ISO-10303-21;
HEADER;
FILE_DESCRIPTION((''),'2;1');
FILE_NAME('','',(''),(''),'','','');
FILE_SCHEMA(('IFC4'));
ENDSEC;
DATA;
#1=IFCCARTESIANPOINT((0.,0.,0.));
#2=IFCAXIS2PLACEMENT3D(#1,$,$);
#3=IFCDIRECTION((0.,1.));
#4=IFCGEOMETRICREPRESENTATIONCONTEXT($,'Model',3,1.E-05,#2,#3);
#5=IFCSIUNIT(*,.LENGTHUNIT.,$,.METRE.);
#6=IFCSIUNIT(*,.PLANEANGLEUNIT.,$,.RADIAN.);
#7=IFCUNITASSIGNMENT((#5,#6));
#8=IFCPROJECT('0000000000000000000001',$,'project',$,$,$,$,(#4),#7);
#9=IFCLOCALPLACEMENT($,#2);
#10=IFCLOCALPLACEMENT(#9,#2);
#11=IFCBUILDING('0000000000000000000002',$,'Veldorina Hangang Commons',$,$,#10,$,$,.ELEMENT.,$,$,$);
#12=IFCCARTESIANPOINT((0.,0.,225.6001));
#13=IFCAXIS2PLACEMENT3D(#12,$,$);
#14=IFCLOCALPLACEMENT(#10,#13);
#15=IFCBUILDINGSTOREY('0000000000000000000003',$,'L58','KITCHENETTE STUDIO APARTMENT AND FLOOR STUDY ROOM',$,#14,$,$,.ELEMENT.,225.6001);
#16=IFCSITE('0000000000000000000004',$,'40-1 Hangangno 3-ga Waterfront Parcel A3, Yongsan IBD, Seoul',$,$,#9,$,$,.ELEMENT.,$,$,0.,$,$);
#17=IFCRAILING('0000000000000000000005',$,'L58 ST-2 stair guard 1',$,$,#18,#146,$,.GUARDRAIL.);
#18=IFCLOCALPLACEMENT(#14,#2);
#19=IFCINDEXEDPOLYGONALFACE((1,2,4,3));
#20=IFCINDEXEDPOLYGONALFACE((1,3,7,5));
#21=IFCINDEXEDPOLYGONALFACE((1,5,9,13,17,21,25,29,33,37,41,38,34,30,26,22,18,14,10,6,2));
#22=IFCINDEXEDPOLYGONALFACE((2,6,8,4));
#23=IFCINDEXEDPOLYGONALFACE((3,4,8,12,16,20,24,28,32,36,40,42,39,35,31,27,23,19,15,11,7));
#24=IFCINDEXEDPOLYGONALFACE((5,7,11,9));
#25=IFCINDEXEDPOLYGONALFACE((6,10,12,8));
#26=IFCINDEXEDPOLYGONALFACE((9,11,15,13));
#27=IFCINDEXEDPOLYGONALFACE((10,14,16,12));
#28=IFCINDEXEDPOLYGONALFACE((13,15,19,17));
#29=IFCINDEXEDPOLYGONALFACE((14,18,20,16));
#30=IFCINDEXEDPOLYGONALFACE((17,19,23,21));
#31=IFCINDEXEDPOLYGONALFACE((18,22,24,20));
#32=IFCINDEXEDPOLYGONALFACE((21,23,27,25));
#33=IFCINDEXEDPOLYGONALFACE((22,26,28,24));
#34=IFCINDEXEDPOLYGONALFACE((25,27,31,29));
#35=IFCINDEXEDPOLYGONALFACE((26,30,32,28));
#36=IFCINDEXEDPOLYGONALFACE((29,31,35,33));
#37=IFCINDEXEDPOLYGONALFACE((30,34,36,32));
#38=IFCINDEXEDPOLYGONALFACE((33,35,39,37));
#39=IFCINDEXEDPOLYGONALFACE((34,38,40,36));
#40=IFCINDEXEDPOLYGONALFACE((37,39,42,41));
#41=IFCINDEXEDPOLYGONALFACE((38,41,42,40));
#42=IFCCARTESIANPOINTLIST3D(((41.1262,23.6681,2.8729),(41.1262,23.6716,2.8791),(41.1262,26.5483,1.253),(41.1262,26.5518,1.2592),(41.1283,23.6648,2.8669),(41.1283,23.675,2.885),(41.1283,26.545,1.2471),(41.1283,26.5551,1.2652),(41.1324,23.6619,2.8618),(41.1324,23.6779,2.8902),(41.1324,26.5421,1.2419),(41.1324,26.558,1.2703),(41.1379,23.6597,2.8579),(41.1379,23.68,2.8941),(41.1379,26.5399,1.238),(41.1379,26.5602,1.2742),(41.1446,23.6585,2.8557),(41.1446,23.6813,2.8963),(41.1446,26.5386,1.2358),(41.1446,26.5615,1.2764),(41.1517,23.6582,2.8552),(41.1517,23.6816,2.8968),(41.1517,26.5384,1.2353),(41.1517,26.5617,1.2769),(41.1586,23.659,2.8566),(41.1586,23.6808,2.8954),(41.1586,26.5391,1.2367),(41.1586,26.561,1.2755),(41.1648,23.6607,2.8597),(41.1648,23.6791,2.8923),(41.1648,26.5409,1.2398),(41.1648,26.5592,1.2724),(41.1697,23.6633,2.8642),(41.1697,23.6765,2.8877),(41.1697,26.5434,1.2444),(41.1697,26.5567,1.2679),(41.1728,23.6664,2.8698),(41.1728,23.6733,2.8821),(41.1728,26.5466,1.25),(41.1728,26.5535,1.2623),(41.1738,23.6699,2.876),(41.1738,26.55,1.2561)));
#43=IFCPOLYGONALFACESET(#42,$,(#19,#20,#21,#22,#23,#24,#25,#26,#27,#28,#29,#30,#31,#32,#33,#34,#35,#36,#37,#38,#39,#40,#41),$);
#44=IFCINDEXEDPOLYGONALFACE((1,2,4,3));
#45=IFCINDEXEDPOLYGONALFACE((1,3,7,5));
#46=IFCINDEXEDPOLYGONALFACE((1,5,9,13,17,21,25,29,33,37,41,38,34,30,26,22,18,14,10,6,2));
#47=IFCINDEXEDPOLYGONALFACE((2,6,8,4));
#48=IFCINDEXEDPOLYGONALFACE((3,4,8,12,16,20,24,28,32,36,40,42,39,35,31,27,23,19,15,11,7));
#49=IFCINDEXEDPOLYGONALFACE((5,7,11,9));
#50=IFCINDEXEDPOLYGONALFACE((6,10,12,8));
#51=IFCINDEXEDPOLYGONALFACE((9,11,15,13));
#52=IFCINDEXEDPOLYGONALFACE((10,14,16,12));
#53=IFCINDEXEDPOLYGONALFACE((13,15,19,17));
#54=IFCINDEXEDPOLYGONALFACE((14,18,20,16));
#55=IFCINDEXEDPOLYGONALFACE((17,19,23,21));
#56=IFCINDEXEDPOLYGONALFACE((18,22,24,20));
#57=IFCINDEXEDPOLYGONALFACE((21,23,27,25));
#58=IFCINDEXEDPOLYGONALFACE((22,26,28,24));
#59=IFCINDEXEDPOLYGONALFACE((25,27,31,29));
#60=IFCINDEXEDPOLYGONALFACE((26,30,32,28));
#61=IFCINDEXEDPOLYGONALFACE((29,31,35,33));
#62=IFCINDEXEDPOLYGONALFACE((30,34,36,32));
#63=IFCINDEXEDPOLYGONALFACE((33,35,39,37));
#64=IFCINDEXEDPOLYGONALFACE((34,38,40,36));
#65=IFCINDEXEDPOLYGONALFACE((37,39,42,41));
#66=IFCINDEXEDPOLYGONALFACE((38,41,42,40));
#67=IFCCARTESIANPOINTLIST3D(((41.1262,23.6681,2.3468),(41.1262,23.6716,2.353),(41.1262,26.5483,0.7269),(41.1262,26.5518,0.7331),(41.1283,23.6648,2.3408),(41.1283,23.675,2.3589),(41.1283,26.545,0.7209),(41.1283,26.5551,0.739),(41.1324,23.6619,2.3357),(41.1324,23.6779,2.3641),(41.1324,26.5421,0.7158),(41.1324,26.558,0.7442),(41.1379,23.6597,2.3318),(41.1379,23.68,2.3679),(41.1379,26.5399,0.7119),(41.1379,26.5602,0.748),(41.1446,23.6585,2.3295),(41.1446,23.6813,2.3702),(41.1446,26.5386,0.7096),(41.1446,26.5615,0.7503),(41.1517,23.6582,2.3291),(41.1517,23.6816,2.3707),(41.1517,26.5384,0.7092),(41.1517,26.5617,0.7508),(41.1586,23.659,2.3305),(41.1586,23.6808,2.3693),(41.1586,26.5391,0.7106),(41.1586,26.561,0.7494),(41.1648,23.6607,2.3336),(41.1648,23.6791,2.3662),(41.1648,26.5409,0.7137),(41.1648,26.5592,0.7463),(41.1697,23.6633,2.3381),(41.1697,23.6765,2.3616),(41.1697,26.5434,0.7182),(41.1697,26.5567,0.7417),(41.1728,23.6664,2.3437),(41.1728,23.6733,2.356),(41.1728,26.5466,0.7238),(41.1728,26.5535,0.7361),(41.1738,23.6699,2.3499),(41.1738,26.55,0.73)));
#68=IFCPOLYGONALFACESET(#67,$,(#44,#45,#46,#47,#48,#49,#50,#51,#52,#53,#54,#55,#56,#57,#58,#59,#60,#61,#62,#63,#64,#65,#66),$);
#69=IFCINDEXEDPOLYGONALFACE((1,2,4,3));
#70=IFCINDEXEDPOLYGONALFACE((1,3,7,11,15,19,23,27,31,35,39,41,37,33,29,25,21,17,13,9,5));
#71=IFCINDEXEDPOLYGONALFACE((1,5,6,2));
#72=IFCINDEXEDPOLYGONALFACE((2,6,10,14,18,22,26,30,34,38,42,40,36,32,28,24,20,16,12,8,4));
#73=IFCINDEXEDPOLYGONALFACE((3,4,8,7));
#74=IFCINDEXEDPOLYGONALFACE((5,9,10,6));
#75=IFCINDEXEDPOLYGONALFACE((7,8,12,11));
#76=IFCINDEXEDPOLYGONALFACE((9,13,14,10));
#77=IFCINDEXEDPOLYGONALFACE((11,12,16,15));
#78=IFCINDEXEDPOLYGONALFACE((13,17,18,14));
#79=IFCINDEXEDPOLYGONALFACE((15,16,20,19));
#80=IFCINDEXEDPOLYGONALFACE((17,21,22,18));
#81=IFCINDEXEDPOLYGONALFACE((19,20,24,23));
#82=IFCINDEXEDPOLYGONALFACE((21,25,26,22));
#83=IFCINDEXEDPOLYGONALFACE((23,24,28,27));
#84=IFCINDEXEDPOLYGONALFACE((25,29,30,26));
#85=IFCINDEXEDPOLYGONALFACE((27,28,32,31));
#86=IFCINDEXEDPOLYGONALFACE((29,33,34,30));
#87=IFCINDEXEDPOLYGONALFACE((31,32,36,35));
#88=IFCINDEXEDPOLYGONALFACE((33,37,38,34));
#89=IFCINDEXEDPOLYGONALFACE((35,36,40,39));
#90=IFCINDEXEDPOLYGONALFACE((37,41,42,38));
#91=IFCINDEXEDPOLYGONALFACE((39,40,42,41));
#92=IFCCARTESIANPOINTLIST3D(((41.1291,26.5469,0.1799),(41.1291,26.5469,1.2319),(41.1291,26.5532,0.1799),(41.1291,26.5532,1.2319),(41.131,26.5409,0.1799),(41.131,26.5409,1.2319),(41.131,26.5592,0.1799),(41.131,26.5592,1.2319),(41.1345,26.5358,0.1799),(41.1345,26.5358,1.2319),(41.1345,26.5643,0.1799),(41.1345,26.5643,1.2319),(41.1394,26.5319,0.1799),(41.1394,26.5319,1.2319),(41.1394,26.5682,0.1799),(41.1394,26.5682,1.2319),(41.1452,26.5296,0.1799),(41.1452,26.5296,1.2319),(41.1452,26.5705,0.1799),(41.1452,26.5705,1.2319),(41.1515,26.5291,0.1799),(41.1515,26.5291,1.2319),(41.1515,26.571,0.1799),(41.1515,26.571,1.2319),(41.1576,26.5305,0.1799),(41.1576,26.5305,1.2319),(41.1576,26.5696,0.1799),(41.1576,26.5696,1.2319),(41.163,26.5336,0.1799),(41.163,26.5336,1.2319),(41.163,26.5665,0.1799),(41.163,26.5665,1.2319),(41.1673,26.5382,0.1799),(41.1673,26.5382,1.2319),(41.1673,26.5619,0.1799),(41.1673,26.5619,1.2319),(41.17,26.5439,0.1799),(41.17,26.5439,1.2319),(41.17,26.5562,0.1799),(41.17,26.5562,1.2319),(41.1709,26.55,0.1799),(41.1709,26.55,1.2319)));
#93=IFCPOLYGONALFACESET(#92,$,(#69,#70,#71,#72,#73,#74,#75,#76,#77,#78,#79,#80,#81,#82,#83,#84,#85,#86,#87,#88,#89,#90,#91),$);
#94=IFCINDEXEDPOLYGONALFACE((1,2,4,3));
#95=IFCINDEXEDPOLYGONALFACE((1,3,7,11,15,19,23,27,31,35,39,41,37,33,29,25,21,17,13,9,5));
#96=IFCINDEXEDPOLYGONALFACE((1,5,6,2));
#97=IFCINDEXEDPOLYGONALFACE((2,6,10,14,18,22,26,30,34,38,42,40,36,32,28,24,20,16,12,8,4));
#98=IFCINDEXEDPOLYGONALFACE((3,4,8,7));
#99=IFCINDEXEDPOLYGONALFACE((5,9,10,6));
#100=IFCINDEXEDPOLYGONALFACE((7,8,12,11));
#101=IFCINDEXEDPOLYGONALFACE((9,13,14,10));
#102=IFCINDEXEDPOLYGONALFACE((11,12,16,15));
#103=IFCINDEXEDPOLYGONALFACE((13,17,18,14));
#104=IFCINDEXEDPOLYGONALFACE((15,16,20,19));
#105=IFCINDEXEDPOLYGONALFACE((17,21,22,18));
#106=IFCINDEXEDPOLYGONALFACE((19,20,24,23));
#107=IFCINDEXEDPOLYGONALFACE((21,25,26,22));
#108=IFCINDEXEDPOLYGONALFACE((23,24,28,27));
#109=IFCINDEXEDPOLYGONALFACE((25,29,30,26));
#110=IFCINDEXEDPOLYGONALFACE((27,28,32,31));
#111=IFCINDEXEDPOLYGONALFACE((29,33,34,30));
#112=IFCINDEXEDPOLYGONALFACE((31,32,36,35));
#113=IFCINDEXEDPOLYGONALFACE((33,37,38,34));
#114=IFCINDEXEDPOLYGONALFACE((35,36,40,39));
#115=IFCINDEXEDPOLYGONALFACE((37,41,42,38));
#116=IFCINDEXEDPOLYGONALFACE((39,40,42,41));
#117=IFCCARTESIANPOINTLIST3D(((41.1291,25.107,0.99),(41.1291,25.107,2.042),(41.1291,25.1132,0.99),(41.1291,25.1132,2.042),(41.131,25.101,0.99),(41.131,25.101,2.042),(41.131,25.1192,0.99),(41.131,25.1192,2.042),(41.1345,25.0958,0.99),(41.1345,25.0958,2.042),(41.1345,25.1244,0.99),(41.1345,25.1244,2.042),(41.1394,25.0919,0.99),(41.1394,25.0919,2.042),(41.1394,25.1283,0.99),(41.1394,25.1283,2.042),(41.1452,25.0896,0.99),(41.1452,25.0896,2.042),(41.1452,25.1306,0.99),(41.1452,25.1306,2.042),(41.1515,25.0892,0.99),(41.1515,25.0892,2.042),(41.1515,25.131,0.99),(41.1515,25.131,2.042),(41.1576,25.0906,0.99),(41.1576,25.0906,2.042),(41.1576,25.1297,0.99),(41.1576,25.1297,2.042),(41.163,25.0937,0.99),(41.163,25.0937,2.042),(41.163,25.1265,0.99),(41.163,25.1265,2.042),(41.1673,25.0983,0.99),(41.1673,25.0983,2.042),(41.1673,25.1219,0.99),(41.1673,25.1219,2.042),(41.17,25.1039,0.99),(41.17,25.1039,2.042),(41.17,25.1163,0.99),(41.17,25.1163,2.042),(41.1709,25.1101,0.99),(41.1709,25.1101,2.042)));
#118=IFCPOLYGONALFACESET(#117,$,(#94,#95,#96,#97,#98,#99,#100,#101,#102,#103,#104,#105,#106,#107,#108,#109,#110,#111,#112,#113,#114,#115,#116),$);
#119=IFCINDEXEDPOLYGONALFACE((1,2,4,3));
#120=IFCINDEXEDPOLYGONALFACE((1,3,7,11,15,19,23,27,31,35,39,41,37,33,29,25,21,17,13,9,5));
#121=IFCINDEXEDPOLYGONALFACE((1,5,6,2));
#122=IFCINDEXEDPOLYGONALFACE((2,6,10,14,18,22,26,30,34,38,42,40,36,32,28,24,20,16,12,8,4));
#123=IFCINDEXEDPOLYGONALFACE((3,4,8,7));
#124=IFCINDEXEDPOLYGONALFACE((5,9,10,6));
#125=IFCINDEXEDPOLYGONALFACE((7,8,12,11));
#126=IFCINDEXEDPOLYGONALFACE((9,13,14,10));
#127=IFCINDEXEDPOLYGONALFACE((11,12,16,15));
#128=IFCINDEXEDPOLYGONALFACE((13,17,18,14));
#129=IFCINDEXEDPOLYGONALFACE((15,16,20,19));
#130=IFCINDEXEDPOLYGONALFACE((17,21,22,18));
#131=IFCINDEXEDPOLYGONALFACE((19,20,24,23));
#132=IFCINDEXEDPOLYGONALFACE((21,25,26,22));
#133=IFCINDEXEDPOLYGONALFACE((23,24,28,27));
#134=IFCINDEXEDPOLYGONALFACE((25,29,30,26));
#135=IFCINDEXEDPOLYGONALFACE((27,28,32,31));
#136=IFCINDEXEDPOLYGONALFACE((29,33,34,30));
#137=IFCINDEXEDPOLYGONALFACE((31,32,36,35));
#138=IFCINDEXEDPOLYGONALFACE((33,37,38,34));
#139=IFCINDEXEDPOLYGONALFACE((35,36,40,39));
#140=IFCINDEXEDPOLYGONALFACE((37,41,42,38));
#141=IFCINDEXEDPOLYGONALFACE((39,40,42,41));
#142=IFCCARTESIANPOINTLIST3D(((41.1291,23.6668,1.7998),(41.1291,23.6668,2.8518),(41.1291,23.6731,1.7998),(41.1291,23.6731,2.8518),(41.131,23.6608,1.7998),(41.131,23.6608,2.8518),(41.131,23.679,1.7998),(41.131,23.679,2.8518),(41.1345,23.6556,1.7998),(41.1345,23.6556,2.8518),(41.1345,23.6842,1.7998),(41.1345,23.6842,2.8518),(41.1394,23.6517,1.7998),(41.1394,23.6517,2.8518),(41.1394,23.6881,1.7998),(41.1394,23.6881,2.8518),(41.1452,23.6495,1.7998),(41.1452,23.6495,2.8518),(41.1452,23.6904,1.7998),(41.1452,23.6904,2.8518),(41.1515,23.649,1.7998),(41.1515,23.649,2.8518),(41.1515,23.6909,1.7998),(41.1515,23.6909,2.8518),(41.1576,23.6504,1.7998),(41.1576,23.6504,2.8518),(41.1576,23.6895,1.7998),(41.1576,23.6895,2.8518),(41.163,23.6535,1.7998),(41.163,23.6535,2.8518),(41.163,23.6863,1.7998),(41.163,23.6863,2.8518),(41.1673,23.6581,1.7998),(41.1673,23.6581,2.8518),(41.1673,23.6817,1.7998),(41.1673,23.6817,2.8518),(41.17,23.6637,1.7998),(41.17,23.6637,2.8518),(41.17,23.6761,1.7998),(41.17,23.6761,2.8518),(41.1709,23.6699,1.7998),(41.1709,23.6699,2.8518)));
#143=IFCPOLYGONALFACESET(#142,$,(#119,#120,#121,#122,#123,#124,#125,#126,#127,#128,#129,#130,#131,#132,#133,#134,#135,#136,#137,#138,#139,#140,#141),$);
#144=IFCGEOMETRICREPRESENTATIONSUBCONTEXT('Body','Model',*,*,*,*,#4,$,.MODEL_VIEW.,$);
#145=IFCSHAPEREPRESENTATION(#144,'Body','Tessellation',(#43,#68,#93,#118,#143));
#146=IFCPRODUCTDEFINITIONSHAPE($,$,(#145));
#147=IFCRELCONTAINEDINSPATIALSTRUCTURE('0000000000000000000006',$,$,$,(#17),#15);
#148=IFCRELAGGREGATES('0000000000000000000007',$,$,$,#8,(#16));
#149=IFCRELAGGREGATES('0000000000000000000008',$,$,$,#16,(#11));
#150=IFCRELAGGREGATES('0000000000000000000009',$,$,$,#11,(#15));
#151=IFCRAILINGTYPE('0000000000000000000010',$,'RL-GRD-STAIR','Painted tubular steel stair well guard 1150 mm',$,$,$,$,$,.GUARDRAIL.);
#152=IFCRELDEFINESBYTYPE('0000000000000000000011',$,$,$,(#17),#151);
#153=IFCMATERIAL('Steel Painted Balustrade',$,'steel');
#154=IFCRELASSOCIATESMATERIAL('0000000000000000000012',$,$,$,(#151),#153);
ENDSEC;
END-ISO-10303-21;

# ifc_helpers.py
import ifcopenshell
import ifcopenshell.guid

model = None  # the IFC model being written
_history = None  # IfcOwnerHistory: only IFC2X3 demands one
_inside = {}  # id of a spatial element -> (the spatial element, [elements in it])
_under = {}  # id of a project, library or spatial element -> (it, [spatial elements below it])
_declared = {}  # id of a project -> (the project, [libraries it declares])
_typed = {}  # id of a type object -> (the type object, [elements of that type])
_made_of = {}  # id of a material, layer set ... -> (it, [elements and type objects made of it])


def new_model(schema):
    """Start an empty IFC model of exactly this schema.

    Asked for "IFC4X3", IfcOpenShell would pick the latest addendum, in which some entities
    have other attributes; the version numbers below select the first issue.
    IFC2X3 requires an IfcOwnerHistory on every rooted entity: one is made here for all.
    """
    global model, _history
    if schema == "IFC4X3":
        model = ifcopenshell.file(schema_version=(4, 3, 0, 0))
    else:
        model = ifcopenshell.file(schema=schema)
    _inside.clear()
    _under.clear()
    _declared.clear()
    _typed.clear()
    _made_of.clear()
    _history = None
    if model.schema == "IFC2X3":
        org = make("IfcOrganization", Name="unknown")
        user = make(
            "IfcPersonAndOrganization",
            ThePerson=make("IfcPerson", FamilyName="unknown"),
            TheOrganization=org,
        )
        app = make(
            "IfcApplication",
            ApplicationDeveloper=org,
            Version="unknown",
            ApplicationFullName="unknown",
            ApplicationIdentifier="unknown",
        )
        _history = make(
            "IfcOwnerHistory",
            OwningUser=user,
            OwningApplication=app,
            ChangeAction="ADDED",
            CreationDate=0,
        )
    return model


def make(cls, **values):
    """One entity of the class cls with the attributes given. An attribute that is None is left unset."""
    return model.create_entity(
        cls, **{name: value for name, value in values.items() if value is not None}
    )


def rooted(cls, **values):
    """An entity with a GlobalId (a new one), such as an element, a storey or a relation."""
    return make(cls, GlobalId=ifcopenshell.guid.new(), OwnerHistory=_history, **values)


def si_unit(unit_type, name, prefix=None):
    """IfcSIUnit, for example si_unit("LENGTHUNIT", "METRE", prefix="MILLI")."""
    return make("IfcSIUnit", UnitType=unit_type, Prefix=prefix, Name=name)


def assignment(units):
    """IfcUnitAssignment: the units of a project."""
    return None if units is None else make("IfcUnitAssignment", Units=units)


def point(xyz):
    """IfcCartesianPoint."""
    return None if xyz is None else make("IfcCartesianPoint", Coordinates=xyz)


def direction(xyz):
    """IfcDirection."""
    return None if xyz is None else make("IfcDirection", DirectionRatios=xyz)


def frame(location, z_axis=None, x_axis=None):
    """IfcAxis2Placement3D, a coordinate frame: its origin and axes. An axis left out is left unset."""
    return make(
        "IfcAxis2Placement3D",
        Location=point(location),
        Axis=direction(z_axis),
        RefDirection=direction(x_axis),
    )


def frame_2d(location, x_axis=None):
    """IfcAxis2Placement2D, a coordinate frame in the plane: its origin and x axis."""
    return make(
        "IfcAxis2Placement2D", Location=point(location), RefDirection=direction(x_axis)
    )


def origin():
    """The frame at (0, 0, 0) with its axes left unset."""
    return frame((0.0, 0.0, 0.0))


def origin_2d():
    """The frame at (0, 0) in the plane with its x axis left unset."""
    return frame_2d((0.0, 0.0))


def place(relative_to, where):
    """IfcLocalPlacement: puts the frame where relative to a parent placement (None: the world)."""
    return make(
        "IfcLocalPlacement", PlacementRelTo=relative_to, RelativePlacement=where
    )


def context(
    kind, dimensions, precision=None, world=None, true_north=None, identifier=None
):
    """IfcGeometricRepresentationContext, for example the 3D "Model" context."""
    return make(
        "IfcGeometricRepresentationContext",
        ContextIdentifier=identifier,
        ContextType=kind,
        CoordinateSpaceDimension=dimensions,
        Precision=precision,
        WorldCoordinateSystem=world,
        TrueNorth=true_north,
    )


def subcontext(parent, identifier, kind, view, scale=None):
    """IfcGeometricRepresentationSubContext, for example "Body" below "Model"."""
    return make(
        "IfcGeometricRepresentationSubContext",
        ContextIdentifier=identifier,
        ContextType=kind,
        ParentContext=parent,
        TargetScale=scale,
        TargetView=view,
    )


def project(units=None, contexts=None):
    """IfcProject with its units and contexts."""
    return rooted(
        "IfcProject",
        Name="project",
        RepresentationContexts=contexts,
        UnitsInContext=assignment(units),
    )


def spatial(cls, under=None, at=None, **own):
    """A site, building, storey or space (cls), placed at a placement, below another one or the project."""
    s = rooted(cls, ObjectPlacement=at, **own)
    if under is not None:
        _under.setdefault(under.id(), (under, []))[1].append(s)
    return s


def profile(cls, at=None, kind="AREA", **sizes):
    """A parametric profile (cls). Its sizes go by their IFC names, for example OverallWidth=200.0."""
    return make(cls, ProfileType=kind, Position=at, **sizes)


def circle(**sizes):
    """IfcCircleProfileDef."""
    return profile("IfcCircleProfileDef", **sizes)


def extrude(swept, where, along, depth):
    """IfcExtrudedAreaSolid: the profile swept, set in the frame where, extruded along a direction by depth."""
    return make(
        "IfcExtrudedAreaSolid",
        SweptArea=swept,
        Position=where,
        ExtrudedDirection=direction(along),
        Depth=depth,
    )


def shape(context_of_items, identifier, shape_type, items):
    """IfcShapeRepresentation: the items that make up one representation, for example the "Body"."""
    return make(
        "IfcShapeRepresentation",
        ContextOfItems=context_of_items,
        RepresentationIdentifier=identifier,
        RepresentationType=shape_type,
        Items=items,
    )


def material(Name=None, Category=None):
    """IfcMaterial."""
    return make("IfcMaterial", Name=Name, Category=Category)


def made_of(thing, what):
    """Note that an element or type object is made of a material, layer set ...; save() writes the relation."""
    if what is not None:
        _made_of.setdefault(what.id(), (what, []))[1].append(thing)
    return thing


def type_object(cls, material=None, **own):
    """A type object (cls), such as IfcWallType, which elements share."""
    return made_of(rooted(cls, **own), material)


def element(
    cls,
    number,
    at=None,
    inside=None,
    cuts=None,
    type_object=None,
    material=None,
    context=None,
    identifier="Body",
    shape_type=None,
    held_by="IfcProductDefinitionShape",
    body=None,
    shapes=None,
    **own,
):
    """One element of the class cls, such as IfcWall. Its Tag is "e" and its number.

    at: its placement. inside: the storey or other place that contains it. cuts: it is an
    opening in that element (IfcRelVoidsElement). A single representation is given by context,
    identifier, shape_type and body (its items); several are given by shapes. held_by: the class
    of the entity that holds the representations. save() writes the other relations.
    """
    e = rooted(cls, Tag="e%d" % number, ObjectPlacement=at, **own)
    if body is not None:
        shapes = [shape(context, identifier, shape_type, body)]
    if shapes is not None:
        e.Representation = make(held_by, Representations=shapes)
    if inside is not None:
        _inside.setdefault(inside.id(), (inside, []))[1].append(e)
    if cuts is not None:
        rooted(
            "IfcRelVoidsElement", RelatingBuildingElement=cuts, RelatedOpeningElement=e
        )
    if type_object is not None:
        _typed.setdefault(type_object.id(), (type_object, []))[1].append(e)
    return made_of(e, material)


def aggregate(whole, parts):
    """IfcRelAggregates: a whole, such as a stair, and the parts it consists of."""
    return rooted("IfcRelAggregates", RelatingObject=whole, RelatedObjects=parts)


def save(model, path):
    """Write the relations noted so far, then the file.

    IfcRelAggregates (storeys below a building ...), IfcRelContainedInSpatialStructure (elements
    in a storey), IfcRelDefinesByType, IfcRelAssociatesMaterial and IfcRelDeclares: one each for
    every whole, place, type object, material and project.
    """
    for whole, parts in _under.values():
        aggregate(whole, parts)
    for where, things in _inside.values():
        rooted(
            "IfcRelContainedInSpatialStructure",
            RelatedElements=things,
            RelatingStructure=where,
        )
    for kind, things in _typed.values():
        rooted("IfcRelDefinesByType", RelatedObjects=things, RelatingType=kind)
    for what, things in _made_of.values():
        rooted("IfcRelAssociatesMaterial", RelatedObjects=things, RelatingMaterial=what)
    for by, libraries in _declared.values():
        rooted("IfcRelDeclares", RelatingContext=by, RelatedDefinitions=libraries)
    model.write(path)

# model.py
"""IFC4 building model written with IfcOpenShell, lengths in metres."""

from ifc_helpers import new_model, si_unit, direction, frame, origin, origin_2d, place, context, subcontext, project, spatial, circle, extrude, material, type_object, element, save


model = new_model("IFC4")

# Units and contexts
model_context = context("Model", 3, precision=1e-05, world=origin(), true_north=direction((0.0, 1.0)))
body_context = subcontext(model_context, "Body", "Model", "MODEL_VIEW")
ifc_project = project(units=[si_unit("LENGTHUNIT", "METRE"), si_unit("PLANEANGLEUNIT", "RADIAN")], contexts=[model_context])

# Site, building, storey
site_placement = place(None, origin())
site = spatial("IfcSite", under=ifc_project, at=site_placement, Name="40-1 Hangangno 3-ga Waterfront Parcel A3, Yongsan IBD, Seoul", CompositionType="ELEMENT", RefElevation=0.0)
building_placement = place(site_placement, origin())
building = spatial("IfcBuilding", under=site, at=building_placement, Name="Veldorina Hangang Commons", CompositionType="ELEMENT")
storey_placement = place(building_placement, frame((0.0, 0.0, 225.6001)))
storey = spatial("IfcBuildingStorey", under=building, at=storey_placement, Name="L58", Description="KITCHENETTE STUDIO APARTMENT AND FLOOR STUDY ROOM", CompositionType="ELEMENT", Elevation=225.6001)

# Railing
ifc_material_1 = material(Name="Steel Painted Balustrade", Category="steel")
railing_type_1 = type_object("IfcRailingType", Name="RL-GRD-STAIR", Description="Painted tubular steel stair well guard 1150 mm", PredefinedType="GUARDRAIL", material=ifc_material_1)
railing_1_placement = place(storey_placement, frame((41.1499, 26.55, 0.1799)))
element("IfcRailing", 1, at=railing_1_placement, inside=storey, type_object=railing_type_1, Name="L58 ST-2 stair guard 1", PredefinedType="GUARDRAIL", context=body_context, shape_type="SweptSolid", body=[
    extrude(circle(Radius=0.0239, at=origin_2d()), frame((0.0, 0.0, 1.0762), z_axis=(0.0, -0.871601, 0.490216), x_axis=(1.0, 0.0, 0.0)), (0.0, 0.0, 1.0), 3.3044),
    extrude(circle(Radius=0.0239, at=origin_2d()), frame((0.0, 0.0, 0.55), z_axis=(0.0, -0.871601, 0.490216), x_axis=(1.0, 0.0, 0.0)), (0.0, 0.0, 1.0), 3.3044),
    extrude(circle(Radius=0.021, at=origin_2d()), origin(), (0.0, 0.0, 1.0), 1.052),
    extrude(circle(Radius=0.021, at=origin_2d()), frame((0.0, -1.4399, 0.8101)), (0.0, 0.0, 1.0), 1.052),
    extrude(circle(Radius=0.021, at=origin_2d()), frame((0.0, -2.8801, 1.6199)), (0.0, 0.0, 1.0), 1.052),
])

save(model, "model.ifc")
